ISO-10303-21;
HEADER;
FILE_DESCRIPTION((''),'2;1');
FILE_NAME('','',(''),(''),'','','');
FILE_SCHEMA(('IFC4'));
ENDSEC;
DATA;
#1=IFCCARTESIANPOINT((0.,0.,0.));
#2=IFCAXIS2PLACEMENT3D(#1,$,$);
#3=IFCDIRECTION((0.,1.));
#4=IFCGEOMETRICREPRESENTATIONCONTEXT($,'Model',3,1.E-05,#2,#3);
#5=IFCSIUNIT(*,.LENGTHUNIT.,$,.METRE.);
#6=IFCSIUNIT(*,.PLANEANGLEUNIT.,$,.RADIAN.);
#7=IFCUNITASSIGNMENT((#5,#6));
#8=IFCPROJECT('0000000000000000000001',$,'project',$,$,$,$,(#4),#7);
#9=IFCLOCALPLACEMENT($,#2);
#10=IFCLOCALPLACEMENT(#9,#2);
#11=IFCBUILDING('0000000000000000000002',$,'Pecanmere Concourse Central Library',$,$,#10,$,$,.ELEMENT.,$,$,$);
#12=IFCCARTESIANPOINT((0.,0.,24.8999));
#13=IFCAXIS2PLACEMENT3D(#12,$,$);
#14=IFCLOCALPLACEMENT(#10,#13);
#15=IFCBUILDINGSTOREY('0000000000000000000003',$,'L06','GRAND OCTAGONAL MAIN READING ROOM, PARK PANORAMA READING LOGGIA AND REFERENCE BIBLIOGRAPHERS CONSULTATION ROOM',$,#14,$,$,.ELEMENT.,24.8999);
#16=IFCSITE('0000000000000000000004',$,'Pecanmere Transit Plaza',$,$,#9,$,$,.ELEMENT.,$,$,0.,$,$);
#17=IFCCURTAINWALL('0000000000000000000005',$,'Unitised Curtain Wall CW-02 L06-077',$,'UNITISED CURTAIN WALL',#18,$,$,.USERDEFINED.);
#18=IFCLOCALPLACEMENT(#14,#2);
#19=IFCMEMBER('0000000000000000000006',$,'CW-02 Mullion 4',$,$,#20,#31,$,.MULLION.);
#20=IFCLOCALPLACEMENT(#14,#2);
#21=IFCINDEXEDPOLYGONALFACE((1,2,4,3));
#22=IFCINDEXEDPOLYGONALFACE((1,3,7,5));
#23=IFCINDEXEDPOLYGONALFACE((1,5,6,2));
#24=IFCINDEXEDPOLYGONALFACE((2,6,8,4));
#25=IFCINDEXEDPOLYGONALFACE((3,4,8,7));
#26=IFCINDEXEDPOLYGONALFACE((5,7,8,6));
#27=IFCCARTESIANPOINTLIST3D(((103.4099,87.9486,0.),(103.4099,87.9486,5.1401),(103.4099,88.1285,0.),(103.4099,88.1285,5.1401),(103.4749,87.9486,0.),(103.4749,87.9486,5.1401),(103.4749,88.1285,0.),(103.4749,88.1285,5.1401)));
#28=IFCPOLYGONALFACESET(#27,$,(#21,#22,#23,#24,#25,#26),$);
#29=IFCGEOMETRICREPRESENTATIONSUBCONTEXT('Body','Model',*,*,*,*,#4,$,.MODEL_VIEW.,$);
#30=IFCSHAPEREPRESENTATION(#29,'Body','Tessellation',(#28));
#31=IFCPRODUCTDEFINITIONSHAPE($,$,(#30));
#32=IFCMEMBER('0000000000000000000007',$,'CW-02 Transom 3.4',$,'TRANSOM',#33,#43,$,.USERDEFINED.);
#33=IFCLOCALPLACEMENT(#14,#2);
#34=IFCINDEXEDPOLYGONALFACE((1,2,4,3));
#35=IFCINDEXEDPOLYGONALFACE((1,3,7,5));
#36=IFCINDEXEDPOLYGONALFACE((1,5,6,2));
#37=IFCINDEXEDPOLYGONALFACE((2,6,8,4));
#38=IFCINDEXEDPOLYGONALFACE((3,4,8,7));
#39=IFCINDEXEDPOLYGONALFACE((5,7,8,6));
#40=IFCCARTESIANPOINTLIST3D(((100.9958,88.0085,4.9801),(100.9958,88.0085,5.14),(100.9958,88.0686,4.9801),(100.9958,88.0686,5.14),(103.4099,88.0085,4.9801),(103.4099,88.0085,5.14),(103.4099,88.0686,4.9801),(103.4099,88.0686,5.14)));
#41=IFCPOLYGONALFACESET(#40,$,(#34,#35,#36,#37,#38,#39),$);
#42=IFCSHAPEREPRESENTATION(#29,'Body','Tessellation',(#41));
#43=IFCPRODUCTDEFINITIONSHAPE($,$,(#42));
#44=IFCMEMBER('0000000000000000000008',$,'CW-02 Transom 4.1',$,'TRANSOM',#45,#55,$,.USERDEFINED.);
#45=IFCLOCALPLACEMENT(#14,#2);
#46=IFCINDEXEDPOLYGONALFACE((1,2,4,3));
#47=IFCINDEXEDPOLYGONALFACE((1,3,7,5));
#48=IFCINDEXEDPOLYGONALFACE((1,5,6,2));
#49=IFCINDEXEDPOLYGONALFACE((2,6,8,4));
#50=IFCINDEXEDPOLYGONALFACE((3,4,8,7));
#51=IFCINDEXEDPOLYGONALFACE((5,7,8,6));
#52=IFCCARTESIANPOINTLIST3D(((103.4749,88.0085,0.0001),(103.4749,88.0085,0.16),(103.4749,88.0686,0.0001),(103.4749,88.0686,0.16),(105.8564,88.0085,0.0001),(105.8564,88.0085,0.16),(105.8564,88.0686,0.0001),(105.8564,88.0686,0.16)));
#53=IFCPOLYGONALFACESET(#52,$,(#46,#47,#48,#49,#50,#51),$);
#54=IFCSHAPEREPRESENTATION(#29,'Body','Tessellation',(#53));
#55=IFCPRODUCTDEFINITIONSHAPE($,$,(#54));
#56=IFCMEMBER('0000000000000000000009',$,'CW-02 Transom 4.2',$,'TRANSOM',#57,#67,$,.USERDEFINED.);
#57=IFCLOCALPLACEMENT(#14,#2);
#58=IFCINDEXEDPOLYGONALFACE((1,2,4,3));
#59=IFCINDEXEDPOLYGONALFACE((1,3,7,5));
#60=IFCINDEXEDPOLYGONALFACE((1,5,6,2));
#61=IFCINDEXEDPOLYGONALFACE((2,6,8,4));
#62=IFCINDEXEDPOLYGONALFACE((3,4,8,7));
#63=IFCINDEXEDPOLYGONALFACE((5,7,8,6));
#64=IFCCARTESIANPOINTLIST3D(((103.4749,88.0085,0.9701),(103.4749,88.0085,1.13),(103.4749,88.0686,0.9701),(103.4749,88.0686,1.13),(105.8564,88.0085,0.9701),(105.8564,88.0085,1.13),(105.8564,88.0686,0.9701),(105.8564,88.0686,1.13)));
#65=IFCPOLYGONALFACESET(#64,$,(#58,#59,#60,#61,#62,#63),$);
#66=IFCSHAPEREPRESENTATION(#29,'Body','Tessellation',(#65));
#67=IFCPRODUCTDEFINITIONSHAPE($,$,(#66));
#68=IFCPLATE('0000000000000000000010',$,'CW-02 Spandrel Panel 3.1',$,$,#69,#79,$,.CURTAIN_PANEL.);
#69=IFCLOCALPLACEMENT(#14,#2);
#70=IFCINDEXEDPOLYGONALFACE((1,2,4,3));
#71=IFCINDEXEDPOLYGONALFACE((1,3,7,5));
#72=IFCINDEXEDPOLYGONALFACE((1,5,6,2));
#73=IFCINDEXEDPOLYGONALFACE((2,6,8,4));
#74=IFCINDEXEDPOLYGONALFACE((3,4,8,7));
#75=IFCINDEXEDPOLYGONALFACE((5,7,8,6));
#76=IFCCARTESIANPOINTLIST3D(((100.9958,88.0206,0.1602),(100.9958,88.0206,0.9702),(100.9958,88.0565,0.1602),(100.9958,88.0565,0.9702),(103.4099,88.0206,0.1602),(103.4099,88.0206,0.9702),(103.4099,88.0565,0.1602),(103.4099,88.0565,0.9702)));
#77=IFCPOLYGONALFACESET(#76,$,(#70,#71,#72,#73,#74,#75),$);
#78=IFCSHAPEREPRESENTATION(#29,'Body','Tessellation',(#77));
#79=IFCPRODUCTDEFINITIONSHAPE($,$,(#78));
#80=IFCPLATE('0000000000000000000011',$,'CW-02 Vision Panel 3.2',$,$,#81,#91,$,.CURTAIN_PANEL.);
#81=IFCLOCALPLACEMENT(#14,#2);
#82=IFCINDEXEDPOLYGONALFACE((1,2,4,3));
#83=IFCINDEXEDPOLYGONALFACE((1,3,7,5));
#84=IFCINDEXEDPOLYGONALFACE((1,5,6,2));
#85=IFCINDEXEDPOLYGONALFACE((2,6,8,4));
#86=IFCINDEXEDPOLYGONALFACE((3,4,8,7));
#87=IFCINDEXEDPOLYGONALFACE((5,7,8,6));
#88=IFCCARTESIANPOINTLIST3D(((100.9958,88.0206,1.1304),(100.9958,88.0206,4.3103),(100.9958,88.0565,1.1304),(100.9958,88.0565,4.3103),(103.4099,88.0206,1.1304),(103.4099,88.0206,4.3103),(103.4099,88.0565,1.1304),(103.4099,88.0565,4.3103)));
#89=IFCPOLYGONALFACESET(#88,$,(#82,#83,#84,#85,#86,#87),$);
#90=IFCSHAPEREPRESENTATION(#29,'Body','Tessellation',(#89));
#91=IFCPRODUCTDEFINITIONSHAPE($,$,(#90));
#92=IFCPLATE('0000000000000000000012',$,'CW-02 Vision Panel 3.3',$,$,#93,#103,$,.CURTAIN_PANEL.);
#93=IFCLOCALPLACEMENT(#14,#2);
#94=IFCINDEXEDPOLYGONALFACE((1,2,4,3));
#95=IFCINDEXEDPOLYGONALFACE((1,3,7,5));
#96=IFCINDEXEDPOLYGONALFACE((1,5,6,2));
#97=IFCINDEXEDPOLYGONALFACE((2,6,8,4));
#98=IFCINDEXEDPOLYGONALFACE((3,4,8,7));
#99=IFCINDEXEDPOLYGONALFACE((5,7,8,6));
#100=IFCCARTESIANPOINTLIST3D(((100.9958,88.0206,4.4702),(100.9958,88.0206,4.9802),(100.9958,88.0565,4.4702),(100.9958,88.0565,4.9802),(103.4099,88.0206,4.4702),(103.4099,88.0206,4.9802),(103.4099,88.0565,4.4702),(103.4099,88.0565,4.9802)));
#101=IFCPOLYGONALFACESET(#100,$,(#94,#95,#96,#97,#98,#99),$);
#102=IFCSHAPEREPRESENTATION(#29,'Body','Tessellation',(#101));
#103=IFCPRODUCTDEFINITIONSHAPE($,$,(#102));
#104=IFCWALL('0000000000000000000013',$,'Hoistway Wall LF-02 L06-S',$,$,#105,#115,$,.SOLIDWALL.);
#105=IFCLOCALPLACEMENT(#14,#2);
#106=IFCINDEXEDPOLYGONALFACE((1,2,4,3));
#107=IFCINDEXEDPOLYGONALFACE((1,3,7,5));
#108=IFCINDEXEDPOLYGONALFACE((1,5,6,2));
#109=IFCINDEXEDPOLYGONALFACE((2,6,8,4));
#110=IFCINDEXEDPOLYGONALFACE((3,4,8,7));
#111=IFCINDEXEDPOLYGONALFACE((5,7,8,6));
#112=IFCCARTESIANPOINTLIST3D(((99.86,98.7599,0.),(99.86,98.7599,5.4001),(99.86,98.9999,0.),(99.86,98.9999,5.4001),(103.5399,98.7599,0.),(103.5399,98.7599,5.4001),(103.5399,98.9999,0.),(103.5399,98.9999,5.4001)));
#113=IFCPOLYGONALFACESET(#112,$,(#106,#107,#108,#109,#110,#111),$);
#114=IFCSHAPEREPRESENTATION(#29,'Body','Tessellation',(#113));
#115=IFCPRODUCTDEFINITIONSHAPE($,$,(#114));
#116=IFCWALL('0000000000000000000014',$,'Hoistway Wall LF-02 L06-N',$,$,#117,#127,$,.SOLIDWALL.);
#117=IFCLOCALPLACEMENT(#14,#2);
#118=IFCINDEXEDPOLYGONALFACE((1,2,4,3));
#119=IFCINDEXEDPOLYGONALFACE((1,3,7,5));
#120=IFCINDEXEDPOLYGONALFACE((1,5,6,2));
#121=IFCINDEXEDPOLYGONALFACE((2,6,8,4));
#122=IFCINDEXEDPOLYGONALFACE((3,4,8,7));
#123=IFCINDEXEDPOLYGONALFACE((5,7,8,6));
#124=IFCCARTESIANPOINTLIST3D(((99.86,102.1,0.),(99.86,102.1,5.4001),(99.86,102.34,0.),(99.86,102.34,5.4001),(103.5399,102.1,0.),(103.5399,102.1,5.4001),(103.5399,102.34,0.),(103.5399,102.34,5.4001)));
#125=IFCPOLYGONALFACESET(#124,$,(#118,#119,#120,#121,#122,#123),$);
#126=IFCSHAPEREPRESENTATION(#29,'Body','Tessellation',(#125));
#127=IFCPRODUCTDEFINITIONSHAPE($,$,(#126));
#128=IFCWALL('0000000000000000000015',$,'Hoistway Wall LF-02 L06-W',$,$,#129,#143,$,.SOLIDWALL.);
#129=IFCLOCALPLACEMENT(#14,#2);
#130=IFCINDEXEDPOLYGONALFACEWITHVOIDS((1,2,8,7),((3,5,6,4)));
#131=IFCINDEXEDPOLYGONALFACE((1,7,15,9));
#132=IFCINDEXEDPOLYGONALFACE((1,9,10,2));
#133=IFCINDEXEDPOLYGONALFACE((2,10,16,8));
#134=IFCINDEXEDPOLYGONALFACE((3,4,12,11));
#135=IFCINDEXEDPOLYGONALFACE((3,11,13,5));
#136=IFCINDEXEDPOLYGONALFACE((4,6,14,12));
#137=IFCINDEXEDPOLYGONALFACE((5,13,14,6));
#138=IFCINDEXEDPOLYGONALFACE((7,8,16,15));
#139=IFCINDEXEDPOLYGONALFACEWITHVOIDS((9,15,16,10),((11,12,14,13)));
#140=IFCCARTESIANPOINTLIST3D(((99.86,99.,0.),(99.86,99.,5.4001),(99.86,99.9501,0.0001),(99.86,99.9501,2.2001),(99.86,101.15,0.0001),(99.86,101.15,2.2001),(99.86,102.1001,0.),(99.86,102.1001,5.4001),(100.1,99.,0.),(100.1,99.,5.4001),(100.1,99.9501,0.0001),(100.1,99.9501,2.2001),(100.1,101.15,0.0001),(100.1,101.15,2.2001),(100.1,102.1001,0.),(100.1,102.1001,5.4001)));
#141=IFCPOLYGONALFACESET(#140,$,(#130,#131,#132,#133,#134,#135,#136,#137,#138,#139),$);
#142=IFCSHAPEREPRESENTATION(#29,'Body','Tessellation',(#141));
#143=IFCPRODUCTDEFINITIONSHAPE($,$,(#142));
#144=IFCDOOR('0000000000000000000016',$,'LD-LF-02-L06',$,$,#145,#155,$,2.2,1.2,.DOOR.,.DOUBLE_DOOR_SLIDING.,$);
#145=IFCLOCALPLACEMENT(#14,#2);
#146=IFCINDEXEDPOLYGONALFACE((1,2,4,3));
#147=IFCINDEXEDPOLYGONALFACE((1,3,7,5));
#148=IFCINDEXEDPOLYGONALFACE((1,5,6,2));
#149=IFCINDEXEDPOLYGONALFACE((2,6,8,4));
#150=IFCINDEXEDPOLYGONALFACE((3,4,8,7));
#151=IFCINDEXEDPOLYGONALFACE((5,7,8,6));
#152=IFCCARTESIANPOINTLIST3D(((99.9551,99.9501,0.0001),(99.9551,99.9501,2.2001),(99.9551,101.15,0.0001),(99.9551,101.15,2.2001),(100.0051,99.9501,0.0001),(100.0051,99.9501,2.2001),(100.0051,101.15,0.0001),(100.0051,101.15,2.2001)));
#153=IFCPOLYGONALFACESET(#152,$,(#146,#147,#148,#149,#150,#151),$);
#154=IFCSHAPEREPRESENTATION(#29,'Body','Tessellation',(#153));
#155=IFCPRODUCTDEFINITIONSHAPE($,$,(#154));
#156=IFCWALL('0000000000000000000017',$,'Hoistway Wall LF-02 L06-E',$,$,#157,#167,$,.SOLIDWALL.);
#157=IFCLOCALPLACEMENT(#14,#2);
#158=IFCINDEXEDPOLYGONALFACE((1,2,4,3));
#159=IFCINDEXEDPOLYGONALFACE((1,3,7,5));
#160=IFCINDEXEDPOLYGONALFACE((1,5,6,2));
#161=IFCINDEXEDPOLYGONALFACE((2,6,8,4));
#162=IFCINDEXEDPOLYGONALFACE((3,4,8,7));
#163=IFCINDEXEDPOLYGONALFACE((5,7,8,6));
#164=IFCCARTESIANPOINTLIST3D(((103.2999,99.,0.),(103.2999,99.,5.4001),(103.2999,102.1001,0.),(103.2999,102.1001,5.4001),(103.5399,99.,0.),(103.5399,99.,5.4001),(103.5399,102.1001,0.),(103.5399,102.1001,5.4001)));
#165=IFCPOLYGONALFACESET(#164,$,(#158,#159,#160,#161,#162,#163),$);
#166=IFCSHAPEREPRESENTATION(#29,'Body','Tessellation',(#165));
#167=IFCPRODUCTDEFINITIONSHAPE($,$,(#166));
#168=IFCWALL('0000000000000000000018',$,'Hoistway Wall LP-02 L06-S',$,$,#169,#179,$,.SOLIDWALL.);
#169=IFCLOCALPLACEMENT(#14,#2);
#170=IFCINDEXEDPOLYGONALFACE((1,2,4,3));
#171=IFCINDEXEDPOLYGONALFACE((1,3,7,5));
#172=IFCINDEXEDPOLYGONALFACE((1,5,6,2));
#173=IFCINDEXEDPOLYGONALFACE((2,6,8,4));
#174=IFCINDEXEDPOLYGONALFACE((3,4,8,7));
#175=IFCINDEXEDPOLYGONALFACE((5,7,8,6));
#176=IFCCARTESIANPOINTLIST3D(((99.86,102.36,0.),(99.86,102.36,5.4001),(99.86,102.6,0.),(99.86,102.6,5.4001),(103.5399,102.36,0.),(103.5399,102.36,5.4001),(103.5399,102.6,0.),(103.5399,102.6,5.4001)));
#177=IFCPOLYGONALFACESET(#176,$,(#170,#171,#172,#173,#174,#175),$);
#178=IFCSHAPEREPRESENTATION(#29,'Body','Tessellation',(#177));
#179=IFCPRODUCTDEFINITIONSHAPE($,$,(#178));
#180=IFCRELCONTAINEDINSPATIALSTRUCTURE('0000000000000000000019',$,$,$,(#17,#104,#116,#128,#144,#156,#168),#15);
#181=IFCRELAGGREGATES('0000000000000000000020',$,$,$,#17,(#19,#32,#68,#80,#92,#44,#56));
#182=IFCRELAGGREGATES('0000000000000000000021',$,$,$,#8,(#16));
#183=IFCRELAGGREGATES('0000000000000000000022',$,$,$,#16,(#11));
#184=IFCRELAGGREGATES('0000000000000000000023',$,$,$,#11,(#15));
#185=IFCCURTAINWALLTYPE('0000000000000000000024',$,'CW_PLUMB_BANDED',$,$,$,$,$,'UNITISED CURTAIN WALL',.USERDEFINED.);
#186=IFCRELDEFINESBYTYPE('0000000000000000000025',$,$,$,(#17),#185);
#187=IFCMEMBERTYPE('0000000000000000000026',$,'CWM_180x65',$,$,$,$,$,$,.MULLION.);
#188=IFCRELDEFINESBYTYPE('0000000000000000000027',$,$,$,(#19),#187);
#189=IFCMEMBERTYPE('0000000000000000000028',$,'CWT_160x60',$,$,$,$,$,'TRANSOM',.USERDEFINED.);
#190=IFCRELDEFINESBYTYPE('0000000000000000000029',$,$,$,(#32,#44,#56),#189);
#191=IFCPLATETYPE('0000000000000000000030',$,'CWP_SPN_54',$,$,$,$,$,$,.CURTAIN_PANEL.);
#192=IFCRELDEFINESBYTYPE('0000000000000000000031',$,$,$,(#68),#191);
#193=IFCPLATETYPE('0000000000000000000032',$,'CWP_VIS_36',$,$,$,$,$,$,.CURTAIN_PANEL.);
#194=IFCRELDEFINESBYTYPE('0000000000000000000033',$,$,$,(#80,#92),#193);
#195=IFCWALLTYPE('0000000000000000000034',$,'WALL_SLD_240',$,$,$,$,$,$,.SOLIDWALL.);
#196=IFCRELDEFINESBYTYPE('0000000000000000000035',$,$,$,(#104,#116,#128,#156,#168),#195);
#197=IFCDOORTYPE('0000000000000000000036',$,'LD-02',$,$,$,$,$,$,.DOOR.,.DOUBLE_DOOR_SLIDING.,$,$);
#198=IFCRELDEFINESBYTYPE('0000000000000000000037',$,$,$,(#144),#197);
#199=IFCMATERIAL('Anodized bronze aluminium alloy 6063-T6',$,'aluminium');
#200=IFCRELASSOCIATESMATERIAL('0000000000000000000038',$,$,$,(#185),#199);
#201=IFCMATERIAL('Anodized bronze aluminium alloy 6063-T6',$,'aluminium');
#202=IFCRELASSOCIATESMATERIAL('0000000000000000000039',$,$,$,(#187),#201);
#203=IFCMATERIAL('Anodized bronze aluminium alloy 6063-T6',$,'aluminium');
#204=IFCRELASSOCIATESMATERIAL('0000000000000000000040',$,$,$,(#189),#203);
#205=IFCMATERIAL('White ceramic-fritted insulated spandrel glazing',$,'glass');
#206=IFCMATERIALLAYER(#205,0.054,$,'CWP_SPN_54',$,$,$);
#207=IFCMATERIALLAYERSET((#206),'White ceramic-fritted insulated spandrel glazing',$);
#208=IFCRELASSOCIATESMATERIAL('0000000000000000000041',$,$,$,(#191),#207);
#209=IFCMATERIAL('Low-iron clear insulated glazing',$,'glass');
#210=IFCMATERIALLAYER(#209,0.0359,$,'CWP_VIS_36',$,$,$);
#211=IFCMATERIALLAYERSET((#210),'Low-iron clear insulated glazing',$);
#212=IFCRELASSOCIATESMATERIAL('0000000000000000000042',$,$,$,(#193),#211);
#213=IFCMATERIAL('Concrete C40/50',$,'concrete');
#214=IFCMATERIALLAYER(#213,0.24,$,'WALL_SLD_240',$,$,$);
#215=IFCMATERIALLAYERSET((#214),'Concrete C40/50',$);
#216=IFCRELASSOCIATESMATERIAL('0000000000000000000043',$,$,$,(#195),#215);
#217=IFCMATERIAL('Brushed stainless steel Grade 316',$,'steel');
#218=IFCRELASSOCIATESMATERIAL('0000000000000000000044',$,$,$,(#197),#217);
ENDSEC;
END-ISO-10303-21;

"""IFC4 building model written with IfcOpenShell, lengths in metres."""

from ifc_helpers import new_model, si_unit, direction, frame, frame_2d, origin, origin_2d, place, context, subcontext, project, spatial, rectangle, extrude, material, layer, layer_set, material_profile, profile_set, type_object, element, fill, aggregate, save


model = new_model("IFC4")

# Units and contexts
model_context = context("Model", 3, precision=1e-05, world=origin(), true_north=direction((0.0, 1.0)))
body_context = subcontext(model_context, "Body", "Model", "MODEL_VIEW")
ifc_project = project(units=[si_unit("LENGTHUNIT", "METRE"), si_unit("PLANEANGLEUNIT", "RADIAN")], contexts=[model_context])

# Site, building, storey
site_placement = place(None, origin())
site = spatial("IfcSite", under=ifc_project, at=site_placement, Name="Pecanmere Transit Plaza", CompositionType="ELEMENT", RefElevation=0.0)
building_placement = place(site_placement, origin())
building = spatial("IfcBuilding", under=site, at=building_placement, Name="Pecanmere Concourse Central Library", CompositionType="ELEMENT")
storey_placement = place(building_placement, frame((0.0, 0.0, 24.8999)))
storey = spatial("IfcBuildingStorey", under=building, at=storey_placement, Name="L06", Description="GRAND OCTAGONAL MAIN READING ROOM, PARK PANORAMA READING LOGGIA AND REFERENCE BIBLIOGRAPHERS CONSULTATION ROOM", CompositionType="ELEMENT", Elevation=24.8999)

# Curtain wall, members, plates
ifc_material_1 = material(Name="Anodized bronze aluminium alloy 6063-T6", Category="aluminium")
curtain_wall_type = type_object("IfcCurtainWallType", Name="CW_PLUMB_BANDED", ElementType="UNITISED CURTAIN WALL", PredefinedType="USERDEFINED", material=ifc_material_1)
curtain_wall_placement = place(storey_placement, origin())
curtain_wall = element("IfcCurtainWall", 1, at=curtain_wall_placement, inside=storey, type_object=curtain_wall_type, Name="Unitised Curtain Wall CW-02 L06-077", ObjectType="UNITISED CURTAIN WALL", PredefinedType="USERDEFINED")
ifc_material_2 = material(Name="Anodized bronze aluminium alloy 6063-T6", Category="aluminium")
ifc_material_profile_1 = material_profile(ifc_material_2, rectangle(XDim=0.0649, YDim=0.1799, at=origin_2d()), Name="AL 65x180")
ifc_profile_set_1 = profile_set([ifc_material_profile_1], Name="Anodized bronze aluminium alloy 6063-T6")
member_type_1 = type_object("IfcMemberType", Name="CWM_180x65", PredefinedType="MULLION", material=ifc_profile_set_1)
member_1_placement = place(storey_placement, frame((103.4424, 88.0386, 0.0), z_axis=(0.0, 0.0, 1.0), x_axis=(1.0, 0.0, 0.0)))
member_1 = element("IfcMember", 2, at=member_1_placement, type_object=member_type_1, Name="CW-02 Mullion 4", PredefinedType="MULLION", context=body_context, shape_type="SweptSolid", body=[
    extrude(rectangle(XDim=0.0649, YDim=0.1799, at=origin_2d()), origin(), (0.0, 0.0, 1.0), 5.1401),
])
ifc_material_3 = material(Name="Anodized bronze aluminium alloy 6063-T6", Category="aluminium")
ifc_material_profile_2 = material_profile(ifc_material_3, rectangle(XDim=0.0601, YDim=0.1599, at=origin_2d()), Name="AL 60x160")
ifc_profile_set_2 = profile_set([ifc_material_profile_2], Name="Anodized bronze aluminium alloy 6063-T6")
member_type_2 = type_object("IfcMemberType", Name="CWT_160x60", ElementType="TRANSOM", PredefinedType="USERDEFINED", material=ifc_profile_set_2)
member_2_placement = place(storey_placement, frame((100.9958, 88.0386, 5.0601), z_axis=(1.0, 0.0, 0.0), x_axis=(0.0, 1.0, 0.0)))
member_2 = element("IfcMember", 3, at=member_2_placement, type_object=member_type_2, Name="CW-02 Transom 3.4", ObjectType="TRANSOM", PredefinedType="USERDEFINED", context=body_context, shape_type="SweptSolid", body=[
    extrude(rectangle(XDim=0.0601, YDim=0.1599, at=origin_2d()), origin(), (0.0, 0.0, 1.0), 2.4141),
])
member_3_placement = place(storey_placement, frame((103.4749, 88.0386, 0.0801), z_axis=(1.0, 0.0, 0.0), x_axis=(0.0, 1.0, 0.0)))
member_3 = element("IfcMember", 4, at=member_3_placement, type_object=member_type_2, Name="CW-02 Transom 4.1", ObjectType="TRANSOM", PredefinedType="USERDEFINED", context=body_context, shape_type="SweptSolid", body=[
    extrude(rectangle(XDim=0.0601, YDim=0.1599, at=origin_2d()), origin(), (0.0, 0.0, 1.0), 2.3816),
])
member_4_placement = place(storey_placement, frame((103.4749, 88.0386, 1.05), z_axis=(1.0, 0.0, 0.0), x_axis=(0.0, 1.0, 0.0)))
member_4 = element("IfcMember", 5, at=member_4_placement, type_object=member_type_2, Name="CW-02 Transom 4.2", ObjectType="TRANSOM", PredefinedType="USERDEFINED", context=body_context, shape_type="SweptSolid", body=[
    extrude(rectangle(XDim=0.0601, YDim=0.1599, at=origin_2d()), origin(), (0.0, 0.0, 1.0), 2.3816),
])
ifc_material_4 = material(Name="White ceramic-fritted insulated spandrel glazing", Category="glass")
ifc_layer_1 = layer(ifc_material_4, 0.054, Name="CWP_SPN_54")
ifc_layer_set_1 = layer_set([ifc_layer_1], Name="White ceramic-fritted insulated spandrel glazing")
plate_type_1 = type_object("IfcPlateType", Name="CWP_SPN_54", PredefinedType="CURTAIN_PANEL", material=ifc_layer_set_1)
plate_1_placement = place(storey_placement, frame((102.2029, 88.0386, 0.1602), z_axis=(0.0, 0.0, 1.0), x_axis=(1.0, 0.0, 0.0)))
plate_1 = element("IfcPlate", 6, at=plate_1_placement, type_object=plate_type_1, Name="CW-02 Spandrel Panel 3.1", PredefinedType="CURTAIN_PANEL", context=body_context, shape_type="SweptSolid", body=[
    extrude(rectangle(XDim=2.4141, YDim=0.0359, at=origin_2d()), origin(), (0.0, 0.0, 1.0), 0.8101),
])
ifc_material_5 = material(Name="Low-iron clear insulated glazing", Category="glass")
ifc_layer_2 = layer(ifc_material_5, 0.0359, Name="CWP_VIS_36")
ifc_layer_set_2 = layer_set([ifc_layer_2], Name="Low-iron clear insulated glazing")
plate_type_2 = type_object("IfcPlateType", Name="CWP_VIS_36", PredefinedType="CURTAIN_PANEL", material=ifc_layer_set_2)
plate_2_placement = place(storey_placement, frame((102.2029, 88.0386, 1.1304), z_axis=(0.0, 0.0, 1.0), x_axis=(1.0, 0.0, 0.0)))
plate_2 = element("IfcPlate", 7, at=plate_2_placement, type_object=plate_type_2, Name="CW-02 Vision Panel 3.2", PredefinedType="CURTAIN_PANEL", context=body_context, shape_type="SweptSolid", body=[
    extrude(rectangle(XDim=2.4141, YDim=0.0359, at=origin_2d()), origin(), (0.0, 0.0, 1.0), 3.1799),
])
plate_3_placement = place(storey_placement, frame((102.2029, 88.0386, 4.4702), z_axis=(0.0, 0.0, 1.0), x_axis=(1.0, 0.0, 0.0)))
plate_3 = element("IfcPlate", 8, at=plate_3_placement, type_object=plate_type_2, Name="CW-02 Vision Panel 3.3", PredefinedType="CURTAIN_PANEL", context=body_context, shape_type="SweptSolid", body=[
    extrude(rectangle(XDim=2.4141, YDim=0.0359, at=origin_2d()), origin(), (0.0, 0.0, 1.0), 0.51),
])
aggregate(curtain_wall, [member_1, member_2, plate_1, plate_2, plate_3, member_3, member_4])

# Walls
ifc_material_6 = material(Name="Concrete C40/50", Category="concrete")
ifc_layer_3 = layer(ifc_material_6, 0.24, Name="WALL_SLD_240")
ifc_layer_set_3 = layer_set([ifc_layer_3], Name="Concrete C40/50")
wall_type_1 = type_object("IfcWallType", Name="WALL_SLD_240", PredefinedType="SOLIDWALL", material=ifc_layer_set_3)
for number, where, z_axis, x_axis, name in (
    (9, (99.8601, 98.8799, 0.0), (0.0, 0.0, 1.0), (1.0, 0.0, 0.0), "Hoistway Wall LF-02 L06-S"),
    (10, (99.8601, 102.22, 0.0), (0.0, 0.0, 1.0), (1.0, 0.0, 0.0), "Hoistway Wall LF-02 L06-N"),
):
    element("IfcWall", number, at=place(storey_placement, frame(where, z_axis=z_axis, x_axis=x_axis)), inside=storey, type_object=wall_type_1, Name=name, PredefinedType="SOLIDWALL", context=body_context, shape_type="SweptSolid", body=[
        extrude(rectangle(XDim=3.6799, YDim=0.24, at=frame_2d((1.8398, 0.0))), origin(), (0.0, 0.0, 1.0), 5.4001),
    ])

# Wall, opening, door
wall_1_placement = place(storey_placement, frame((99.98, 99.0, 0.0), z_axis=(0.0, 0.0, 1.0), x_axis=(0.0, 1.0, 0.0)))
wall_1 = element("IfcWall", 11, at=wall_1_placement, inside=storey, type_object=wall_type_1, Name="Hoistway Wall LF-02 L06-W", PredefinedType="SOLIDWALL", context=body_context, shape_type="SweptSolid", body=[
    extrude(rectangle(XDim=3.1001, YDim=0.24, at=frame_2d((1.55, 0.0))), origin(), (0.0, 0.0, 1.0), 5.4001),
])
opening_1_placement = place(wall_1_placement, frame((0.95, 0.0, 0.0)))
opening_1 = element("IfcOpeningElement", 12, at=opening_1_placement, cuts=wall_1, PredefinedType="OPENING", context=body_context, shape_type="SweptSolid", body=[
    extrude(rectangle(XDim=1.2, YDim=2.2, at=frame_2d((0.6001, 1.1001))), frame((0.0, 0.1318, 0.0), z_axis=(0.0, -1.0, 0.0), x_axis=(1.0, 0.0, 0.0)), (0.0, 0.0, 1.0), 0.2639),
])
ifc_material_7 = material(Name="Brushed stainless steel Grade 316", Category="steel")
door_type_1 = type_object("IfcDoorType", Name="LD-02", OperationType="DOUBLE_DOOR_SLIDING", PredefinedType="DOOR", material=ifc_material_7)
door_1_placement = place(opening_1_placement, origin())
door_1 = element("IfcDoor", 13, at=door_1_placement, inside=storey, type_object=door_type_1, Name="LD-LF-02-L06", OperationType="DOUBLE_DOOR_SLIDING", OverallHeight=2.2, OverallWidth=1.2, PredefinedType="DOOR", context=body_context, shape_type="SweptSolid", body=[
    extrude(rectangle(XDim=1.2, YDim=2.2, at=frame_2d((0.6001, 1.1001))), frame((0.0, 0.0249, 0.0), z_axis=(0.0, -1.0, 0.0), x_axis=(1.0, 0.0, 0.0)), (0.0, 0.0, 1.0), 0.05),
])
fill(opening_1, door_1)

# Walls
wall_2_placement = place(storey_placement, frame((103.4199, 99.0, 0.0), z_axis=(0.0, 0.0, 1.0), x_axis=(0.0, 1.0, 0.0)))
element("IfcWall", 14, at=wall_2_placement, inside=storey, type_object=wall_type_1, Name="Hoistway Wall LF-02 L06-E", PredefinedType="SOLIDWALL", context=body_context, shape_type="SweptSolid", body=[
    extrude(rectangle(XDim=3.1001, YDim=0.24, at=frame_2d((1.55, 0.0))), origin(), (0.0, 0.0, 1.0), 5.4001),
])
wall_3_placement = place(storey_placement, frame((99.8601, 102.48, 0.0), z_axis=(0.0, 0.0, 1.0), x_axis=(1.0, 0.0, 0.0)))
element("IfcWall", 15, at=wall_3_placement, inside=storey, type_object=wall_type_1, Name="Hoistway Wall LP-02 L06-S", PredefinedType="SOLIDWALL", context=body_context, shape_type="SweptSolid", body=[
    extrude(rectangle(XDim=3.6799, YDim=0.24, at=frame_2d((1.8398, 0.0))), origin(), (0.0, 0.0, 1.0), 5.4001),
])

save(model, "model.ifc")
